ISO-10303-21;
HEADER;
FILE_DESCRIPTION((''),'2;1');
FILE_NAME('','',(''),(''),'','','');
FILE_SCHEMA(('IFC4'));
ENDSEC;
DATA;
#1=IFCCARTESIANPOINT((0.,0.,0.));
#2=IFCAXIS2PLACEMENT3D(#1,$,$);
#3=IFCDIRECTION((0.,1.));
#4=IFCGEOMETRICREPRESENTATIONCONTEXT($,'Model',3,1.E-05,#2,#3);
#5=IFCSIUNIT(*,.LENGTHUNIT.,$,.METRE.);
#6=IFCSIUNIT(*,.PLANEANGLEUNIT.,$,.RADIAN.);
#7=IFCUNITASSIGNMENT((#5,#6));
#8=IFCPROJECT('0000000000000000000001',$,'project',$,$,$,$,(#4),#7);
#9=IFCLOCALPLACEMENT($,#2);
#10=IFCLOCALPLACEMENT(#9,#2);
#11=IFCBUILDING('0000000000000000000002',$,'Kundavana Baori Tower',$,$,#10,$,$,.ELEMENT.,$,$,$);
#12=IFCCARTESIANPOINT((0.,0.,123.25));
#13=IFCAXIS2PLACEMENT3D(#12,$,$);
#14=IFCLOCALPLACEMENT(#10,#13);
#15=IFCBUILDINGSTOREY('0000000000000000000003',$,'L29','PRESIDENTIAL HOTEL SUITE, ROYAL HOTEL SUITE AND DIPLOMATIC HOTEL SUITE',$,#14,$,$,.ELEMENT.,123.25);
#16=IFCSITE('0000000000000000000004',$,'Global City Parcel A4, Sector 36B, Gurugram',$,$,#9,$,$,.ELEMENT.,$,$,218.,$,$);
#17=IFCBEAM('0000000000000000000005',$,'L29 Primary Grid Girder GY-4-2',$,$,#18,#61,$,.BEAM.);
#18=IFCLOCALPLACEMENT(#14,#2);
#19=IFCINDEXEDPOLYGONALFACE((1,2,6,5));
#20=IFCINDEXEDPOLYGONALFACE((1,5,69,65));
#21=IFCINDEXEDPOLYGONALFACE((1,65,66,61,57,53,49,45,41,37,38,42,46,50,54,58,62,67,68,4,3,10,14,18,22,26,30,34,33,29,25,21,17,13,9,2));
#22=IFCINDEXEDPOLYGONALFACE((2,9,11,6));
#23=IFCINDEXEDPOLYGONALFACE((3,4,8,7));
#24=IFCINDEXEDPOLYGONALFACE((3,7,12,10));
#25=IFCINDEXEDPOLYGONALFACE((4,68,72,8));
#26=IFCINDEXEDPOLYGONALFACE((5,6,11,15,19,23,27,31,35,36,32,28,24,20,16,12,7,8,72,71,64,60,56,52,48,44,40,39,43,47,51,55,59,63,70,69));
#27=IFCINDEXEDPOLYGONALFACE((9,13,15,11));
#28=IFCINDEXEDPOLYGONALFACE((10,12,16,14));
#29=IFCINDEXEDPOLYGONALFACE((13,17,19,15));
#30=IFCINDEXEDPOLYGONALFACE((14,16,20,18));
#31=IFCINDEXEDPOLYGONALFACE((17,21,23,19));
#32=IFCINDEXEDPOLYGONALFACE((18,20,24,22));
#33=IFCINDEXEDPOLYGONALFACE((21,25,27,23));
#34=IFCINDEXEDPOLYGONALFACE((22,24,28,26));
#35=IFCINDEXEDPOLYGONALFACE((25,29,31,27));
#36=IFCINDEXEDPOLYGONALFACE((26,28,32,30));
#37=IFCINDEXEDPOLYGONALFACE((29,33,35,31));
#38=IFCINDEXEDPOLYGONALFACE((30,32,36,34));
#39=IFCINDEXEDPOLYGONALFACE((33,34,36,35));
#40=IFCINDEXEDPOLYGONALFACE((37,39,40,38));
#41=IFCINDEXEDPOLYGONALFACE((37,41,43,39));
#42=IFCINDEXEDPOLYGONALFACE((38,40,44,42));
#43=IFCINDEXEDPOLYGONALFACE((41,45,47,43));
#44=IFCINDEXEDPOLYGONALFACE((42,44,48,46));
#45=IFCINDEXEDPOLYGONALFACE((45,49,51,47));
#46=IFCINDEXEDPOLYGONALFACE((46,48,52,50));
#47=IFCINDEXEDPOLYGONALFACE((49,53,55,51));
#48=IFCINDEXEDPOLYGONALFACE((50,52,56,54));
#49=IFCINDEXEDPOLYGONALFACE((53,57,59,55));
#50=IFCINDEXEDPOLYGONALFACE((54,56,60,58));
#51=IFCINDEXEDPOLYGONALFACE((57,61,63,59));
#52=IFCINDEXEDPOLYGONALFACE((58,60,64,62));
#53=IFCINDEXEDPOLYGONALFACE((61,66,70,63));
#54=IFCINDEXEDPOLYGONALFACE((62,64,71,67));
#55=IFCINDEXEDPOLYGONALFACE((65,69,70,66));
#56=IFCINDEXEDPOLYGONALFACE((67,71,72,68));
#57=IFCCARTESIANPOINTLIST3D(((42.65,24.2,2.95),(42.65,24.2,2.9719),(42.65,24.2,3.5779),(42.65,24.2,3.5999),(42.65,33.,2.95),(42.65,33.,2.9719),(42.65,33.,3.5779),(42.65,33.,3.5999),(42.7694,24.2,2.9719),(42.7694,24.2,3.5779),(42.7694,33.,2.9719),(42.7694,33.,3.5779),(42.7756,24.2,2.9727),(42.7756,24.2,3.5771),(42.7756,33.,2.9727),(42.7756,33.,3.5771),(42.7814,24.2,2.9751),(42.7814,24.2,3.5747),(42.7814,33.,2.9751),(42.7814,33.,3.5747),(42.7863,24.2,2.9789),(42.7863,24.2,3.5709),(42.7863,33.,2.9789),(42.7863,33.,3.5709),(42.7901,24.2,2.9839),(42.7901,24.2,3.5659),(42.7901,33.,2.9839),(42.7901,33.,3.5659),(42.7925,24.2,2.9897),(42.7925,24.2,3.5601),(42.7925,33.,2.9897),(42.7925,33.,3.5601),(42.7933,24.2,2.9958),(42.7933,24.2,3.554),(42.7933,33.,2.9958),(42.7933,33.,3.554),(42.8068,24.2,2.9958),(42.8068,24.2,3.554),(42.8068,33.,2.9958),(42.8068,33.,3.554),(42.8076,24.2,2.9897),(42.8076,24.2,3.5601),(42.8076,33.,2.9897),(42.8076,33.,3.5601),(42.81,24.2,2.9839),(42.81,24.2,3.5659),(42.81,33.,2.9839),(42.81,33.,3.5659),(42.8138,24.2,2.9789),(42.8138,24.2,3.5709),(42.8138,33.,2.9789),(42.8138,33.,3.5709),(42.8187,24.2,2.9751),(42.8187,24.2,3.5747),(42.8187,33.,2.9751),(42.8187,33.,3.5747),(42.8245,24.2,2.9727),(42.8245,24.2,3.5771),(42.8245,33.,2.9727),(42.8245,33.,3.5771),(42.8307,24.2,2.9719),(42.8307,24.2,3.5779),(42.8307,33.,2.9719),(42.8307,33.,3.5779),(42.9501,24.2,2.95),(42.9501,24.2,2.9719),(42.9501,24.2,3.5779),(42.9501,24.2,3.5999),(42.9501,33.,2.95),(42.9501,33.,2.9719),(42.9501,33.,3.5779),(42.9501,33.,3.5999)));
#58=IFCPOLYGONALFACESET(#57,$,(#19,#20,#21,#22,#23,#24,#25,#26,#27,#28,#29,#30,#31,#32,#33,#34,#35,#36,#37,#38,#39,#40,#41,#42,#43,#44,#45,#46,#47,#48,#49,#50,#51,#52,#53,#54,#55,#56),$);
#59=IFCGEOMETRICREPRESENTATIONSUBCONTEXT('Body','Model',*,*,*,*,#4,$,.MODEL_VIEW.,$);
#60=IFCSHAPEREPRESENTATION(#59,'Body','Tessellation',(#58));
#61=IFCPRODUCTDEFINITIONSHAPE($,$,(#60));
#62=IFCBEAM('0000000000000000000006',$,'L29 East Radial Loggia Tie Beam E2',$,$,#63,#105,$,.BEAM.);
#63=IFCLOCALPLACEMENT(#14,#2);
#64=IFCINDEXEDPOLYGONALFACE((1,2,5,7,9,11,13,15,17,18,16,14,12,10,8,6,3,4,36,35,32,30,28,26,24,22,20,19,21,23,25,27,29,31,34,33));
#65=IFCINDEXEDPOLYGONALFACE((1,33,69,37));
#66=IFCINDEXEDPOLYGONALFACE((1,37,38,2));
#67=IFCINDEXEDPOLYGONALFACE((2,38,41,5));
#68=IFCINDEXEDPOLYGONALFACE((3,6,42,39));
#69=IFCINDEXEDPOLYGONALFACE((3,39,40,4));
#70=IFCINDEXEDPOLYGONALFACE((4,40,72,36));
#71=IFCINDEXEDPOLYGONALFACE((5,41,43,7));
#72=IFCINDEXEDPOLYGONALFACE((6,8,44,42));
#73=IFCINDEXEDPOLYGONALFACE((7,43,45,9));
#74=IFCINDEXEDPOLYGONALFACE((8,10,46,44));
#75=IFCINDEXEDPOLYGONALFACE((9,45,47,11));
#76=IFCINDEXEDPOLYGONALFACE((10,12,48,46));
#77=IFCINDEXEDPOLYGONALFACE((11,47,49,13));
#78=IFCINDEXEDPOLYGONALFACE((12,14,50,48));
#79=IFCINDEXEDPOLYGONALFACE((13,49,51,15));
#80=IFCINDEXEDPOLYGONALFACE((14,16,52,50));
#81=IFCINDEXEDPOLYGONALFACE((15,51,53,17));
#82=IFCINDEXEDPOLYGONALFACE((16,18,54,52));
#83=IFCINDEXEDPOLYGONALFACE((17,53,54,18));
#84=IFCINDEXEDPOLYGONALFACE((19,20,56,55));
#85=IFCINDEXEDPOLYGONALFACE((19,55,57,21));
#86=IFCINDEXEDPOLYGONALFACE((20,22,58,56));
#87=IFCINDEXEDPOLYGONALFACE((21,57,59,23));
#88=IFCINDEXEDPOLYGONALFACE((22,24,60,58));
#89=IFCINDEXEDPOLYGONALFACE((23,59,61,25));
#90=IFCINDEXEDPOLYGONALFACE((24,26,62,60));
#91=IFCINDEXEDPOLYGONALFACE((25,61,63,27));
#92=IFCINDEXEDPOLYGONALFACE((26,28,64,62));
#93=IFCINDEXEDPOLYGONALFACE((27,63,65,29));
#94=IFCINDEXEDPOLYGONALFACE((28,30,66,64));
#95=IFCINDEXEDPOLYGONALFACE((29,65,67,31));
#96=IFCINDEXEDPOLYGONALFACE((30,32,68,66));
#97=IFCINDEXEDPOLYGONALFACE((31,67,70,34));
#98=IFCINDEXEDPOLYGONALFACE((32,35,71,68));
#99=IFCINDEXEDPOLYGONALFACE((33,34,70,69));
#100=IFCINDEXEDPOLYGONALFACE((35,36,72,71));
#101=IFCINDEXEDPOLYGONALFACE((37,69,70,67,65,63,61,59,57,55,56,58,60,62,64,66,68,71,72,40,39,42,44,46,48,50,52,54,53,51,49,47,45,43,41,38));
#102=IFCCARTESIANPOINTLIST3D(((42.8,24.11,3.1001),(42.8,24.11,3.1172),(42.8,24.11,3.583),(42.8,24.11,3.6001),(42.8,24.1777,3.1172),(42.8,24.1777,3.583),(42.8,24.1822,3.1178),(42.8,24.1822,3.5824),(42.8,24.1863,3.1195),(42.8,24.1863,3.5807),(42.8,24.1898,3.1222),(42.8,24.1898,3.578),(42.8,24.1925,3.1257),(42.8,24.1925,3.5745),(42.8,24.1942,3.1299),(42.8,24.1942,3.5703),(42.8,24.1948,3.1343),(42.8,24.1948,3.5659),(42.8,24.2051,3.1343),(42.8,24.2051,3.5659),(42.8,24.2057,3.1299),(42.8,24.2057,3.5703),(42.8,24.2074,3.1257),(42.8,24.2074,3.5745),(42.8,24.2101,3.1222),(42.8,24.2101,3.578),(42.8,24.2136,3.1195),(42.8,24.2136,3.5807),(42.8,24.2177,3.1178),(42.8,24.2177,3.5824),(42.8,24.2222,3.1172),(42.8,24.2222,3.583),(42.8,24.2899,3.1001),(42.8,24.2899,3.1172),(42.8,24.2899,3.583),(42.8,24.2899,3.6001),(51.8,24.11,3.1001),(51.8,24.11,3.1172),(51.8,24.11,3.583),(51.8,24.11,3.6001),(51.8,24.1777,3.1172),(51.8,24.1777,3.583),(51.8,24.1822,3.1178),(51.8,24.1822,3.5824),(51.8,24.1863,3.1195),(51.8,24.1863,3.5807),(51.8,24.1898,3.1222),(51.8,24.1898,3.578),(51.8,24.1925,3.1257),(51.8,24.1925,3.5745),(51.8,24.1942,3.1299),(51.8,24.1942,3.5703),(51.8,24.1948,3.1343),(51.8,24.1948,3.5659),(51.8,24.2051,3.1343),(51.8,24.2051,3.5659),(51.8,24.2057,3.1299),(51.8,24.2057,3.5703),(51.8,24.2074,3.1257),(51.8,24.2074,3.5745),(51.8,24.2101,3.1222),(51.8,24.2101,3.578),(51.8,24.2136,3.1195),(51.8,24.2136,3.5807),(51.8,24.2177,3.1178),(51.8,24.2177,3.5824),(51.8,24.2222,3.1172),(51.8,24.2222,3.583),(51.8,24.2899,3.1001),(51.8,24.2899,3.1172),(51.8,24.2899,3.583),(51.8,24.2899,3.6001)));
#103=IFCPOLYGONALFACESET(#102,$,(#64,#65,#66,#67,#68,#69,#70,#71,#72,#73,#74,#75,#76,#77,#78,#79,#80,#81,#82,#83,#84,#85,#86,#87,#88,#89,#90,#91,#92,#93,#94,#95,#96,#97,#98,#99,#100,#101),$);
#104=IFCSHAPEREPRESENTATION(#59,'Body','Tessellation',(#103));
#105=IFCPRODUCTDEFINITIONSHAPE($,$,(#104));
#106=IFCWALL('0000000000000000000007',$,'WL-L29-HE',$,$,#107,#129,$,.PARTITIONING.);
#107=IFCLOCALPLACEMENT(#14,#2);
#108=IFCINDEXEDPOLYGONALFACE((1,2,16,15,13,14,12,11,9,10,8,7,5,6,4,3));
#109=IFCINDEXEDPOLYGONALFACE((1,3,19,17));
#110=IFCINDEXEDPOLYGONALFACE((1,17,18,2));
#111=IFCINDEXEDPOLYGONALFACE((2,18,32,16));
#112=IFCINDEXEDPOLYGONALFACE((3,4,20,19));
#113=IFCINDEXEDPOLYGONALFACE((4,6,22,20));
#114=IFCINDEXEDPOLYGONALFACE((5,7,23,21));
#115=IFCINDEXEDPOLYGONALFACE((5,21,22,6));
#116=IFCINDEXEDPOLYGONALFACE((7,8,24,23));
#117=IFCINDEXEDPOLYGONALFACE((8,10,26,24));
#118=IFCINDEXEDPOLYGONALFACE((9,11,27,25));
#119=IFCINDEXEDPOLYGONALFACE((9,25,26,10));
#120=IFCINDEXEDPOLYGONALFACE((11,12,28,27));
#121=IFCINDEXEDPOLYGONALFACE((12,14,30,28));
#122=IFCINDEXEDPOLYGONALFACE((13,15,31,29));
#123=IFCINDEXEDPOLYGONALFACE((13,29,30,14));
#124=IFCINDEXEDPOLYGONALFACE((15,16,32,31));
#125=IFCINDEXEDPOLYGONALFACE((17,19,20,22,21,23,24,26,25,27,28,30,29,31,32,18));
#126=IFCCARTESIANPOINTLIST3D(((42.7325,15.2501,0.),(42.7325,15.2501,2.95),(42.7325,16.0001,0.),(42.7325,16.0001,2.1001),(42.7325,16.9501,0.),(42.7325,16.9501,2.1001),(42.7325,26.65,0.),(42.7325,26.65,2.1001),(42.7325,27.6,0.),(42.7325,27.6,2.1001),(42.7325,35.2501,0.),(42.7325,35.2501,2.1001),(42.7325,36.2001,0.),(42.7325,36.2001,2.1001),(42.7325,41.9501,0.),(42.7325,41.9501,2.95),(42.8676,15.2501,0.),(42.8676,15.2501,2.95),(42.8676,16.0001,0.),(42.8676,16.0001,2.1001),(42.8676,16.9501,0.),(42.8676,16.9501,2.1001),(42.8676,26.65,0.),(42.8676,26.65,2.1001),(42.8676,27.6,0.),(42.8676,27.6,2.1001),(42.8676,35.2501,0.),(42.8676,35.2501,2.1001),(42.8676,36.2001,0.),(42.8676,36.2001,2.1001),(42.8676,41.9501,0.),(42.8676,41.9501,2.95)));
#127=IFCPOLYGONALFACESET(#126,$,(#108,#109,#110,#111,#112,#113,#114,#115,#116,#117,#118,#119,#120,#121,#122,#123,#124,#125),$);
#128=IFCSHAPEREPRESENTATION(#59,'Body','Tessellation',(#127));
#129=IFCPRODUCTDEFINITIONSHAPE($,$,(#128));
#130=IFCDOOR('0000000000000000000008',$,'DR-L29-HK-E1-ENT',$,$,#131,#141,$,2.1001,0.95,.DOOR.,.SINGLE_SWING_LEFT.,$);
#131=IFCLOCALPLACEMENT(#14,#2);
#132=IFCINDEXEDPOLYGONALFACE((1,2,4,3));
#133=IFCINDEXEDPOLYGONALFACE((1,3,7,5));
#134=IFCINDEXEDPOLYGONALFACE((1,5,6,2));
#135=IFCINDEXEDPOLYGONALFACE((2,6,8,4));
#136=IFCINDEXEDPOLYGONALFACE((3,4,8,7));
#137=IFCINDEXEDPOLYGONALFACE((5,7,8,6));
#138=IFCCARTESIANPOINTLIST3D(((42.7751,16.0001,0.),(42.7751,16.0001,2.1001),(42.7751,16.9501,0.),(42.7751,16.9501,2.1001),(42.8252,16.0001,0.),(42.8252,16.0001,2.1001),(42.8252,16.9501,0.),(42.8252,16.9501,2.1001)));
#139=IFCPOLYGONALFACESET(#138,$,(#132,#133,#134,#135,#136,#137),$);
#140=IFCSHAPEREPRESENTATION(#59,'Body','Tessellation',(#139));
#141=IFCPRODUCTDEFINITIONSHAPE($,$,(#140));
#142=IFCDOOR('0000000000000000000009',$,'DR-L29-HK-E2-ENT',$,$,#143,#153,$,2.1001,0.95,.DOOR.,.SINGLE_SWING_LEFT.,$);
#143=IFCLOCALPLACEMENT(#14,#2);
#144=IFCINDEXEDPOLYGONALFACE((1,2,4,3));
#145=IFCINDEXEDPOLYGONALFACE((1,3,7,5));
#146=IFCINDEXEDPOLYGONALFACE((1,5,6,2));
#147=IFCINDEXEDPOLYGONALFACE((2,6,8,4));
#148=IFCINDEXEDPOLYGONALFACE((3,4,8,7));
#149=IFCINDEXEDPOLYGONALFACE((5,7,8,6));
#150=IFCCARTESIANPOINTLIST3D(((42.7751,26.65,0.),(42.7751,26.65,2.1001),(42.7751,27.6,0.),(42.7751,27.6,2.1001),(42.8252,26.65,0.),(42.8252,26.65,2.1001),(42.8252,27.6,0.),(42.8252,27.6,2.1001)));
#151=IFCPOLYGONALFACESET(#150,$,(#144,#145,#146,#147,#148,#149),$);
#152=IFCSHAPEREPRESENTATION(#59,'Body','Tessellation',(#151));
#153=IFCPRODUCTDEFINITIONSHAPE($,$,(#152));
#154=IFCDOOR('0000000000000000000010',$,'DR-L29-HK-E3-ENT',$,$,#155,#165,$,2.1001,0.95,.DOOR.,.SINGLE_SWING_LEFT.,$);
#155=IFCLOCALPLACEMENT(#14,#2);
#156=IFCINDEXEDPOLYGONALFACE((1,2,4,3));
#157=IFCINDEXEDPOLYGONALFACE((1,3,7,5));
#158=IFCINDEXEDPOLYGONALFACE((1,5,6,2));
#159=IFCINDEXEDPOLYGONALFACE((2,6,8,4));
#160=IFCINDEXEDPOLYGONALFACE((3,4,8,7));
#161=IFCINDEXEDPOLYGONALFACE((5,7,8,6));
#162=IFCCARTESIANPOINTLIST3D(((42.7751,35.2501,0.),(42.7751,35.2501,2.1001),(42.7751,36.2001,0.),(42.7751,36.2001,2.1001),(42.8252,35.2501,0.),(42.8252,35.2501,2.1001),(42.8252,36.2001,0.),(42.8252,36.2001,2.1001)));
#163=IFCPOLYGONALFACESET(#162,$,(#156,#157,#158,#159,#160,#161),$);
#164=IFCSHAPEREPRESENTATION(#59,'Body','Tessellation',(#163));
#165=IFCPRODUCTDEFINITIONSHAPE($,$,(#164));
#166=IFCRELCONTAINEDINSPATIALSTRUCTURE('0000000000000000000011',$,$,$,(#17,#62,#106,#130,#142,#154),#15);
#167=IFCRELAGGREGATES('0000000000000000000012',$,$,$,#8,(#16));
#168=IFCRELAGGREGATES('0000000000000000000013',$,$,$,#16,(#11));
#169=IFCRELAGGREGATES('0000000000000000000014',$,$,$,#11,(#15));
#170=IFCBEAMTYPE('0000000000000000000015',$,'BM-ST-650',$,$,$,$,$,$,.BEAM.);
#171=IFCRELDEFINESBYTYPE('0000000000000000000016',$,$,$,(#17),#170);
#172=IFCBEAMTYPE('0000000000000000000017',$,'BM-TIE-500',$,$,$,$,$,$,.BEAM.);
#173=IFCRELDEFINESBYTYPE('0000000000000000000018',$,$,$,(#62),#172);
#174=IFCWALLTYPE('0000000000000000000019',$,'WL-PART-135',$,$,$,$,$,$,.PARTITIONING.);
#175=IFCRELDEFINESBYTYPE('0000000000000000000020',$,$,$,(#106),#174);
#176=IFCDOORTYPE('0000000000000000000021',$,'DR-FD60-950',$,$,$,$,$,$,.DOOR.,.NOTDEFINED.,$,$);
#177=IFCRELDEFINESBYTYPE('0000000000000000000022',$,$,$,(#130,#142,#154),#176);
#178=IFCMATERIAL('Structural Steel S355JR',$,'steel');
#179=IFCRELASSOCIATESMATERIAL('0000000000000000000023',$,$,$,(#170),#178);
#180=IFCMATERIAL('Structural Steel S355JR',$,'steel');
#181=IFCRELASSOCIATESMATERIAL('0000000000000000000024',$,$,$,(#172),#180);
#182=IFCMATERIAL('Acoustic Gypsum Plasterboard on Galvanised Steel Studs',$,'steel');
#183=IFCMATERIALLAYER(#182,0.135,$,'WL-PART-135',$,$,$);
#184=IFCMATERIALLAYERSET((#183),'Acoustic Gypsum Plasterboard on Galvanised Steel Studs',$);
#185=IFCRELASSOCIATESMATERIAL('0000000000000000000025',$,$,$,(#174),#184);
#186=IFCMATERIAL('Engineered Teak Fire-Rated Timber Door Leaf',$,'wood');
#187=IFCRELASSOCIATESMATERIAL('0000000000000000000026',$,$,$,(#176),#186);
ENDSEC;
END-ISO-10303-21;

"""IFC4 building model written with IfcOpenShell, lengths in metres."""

from ifc_helpers import new_model, si_unit, direction, frame, frame_2d, origin, origin_2d, place, context, subcontext, project, spatial, rectangle, i_section, extrude, material, layer, layer_set, material_profile, profile_set, type_object, element, fill, save


model = new_model("IFC4")

# Units and contexts
model_context = context("Model", 3, precision=1e-05, world=origin(), true_north=direction((0.0, 1.0)))
body_context = subcontext(model_context, "Body", "Model", "MODEL_VIEW")
ifc_project = project(units=[si_unit("LENGTHUNIT", "METRE"), si_unit("PLANEANGLEUNIT", "RADIAN")], contexts=[model_context])

# Site, building, storey
site_placement = place(None, origin())
site = spatial("IfcSite", under=ifc_project, at=site_placement, Name="Global City Parcel A4, Sector 36B, Gurugram", CompositionType="ELEMENT", RefElevation=218.0)
building_placement = place(site_placement, origin())
building = spatial("IfcBuilding", under=site, at=building_placement, Name="Kundavana Baori Tower", CompositionType="ELEMENT")
storey_placement = place(building_placement, frame((0.0, 0.0, 123.25)))
storey = spatial("IfcBuildingStorey", under=building, at=storey_placement, Name="L29", Description="PRESIDENTIAL HOTEL SUITE, ROYAL HOTEL SUITE AND DIPLOMATIC HOTEL SUITE", CompositionType="ELEMENT", Elevation=123.25)

# Beams
ifc_material_1 = material(Name="Structural Steel S355JR", Category="steel")
ifc_material_profile_1 = material_profile(ifc_material_1, i_section(OverallWidth=0.3, OverallDepth=0.6499, WebThickness=0.0134, FlangeThickness=0.022, FilletRadius=0.0239, at=origin_2d()), Name="NPB 650x300x155")
ifc_profile_set_1 = profile_set([ifc_material_profile_1], Name="Structural Steel S355JR")
beam_type_1 = type_object("IfcBeamType", Name="BM-ST-650", PredefinedType="BEAM", material=ifc_profile_set_1)
beam_1_placement = place(storey_placement, frame((42.8, 24.2, 3.2749), z_axis=(0.0, 1.0, 0.0), x_axis=(-1.0, 0.0, 0.0)))
element("IfcBeam", 1, at=beam_1_placement, inside=storey, type_object=beam_type_1, Name="L29 Primary Grid Girder GY-4-2", PredefinedType="BEAM", context=body_context, shape_type="SweptSolid", body=[
    extrude(i_section(OverallWidth=0.3, OverallDepth=0.6499, WebThickness=0.0134, FlangeThickness=0.022, FilletRadius=0.0239, at=origin_2d()), origin(), (0.0, 0.0, 1.0), 8.8),
])
ifc_material_2 = material(Name="Structural Steel S355JR", Category="steel")
ifc_material_profile_2 = material_profile(ifc_material_2, i_section(OverallWidth=0.1799, OverallDepth=0.5, WebThickness=0.0103, FlangeThickness=0.0171, FilletRadius=0.0171, at=origin_2d()), Name="ISMB 500")
ifc_profile_set_2 = profile_set([ifc_material_profile_2], Name="Structural Steel S355JR")
beam_type_2 = type_object("IfcBeamType", Name="BM-TIE-500", PredefinedType="BEAM", material=ifc_profile_set_2)
beam_2_placement = place(storey_placement, frame((42.8, 24.2, 3.3501), z_axis=(1.0, 0.0, 0.0), x_axis=(0.0, 1.0, 0.0)))
element("IfcBeam", 2, at=beam_2_placement, inside=storey, type_object=beam_type_2, Name="L29 East Radial Loggia Tie Beam E2", PredefinedType="BEAM", context=body_context, shape_type="SweptSolid", body=[
    extrude(i_section(OverallWidth=0.1799, OverallDepth=0.5, WebThickness=0.0103, FlangeThickness=0.0171, FilletRadius=0.0171, at=origin_2d()), origin(), (0.0, 0.0, 1.0), 9.0),
])

# Wall, openings, doors
ifc_material_3 = material(Name="Acoustic Gypsum Plasterboard on Galvanised Steel Studs", Category="steel")
ifc_layer_1 = layer(ifc_material_3, 0.135, Name="WL-PART-135")
ifc_layer_set_1 = layer_set([ifc_layer_1], Name="Acoustic Gypsum Plasterboard on Galvanised Steel Studs")
wall_type_1 = type_object("IfcWallType", Name="WL-PART-135", PredefinedType="PARTITIONING", material=ifc_layer_set_1)
wall_1_placement = place(storey_placement, frame((42.8, 15.25, 0.0), z_axis=(0.0, 0.0, 1.0), x_axis=(0.0, 1.0, 0.0)))
wall_1 = element("IfcWall", 3, at=wall_1_placement, inside=storey, type_object=wall_type_1, Name="WL-L29-HE", PredefinedType="PARTITIONING", context=body_context, shape_type="SweptSolid", body=[
    extrude(rectangle(XDim=26.7, YDim=0.135, at=frame_2d((13.3501, 0.0))), origin(), (0.0, 0.0, 1.0), 2.95),
])
opening_1_placement = place(wall_1_placement, frame((0.75, 0.0, 0.0)))
opening_1 = element("IfcOpeningElement", 4, at=opening_1_placement, cuts=wall_1, PredefinedType="OPENING", context=body_context, shape_type="SweptSolid", body=[
    extrude(rectangle(XDim=0.95, YDim=2.1001, at=frame_2d((0.4751, 1.05))), frame((0.0, 0.0776, 0.0), z_axis=(0.0, -1.0, 0.0), x_axis=(1.0, 0.0, 0.0)), (0.0, 0.0, 1.0), 0.155),
])
opening_2_placement = place(wall_1_placement, frame((11.3999, 0.0, 0.0)))
opening_2 = element("IfcOpeningElement", 5, at=opening_2_placement, cuts=wall_1, PredefinedType="OPENING", context=body_context, shape_type="SweptSolid", body=[
    extrude(rectangle(XDim=0.95, YDim=2.1001, at=frame_2d((0.4751, 1.05))), frame((0.0, 0.0776, 0.0), z_axis=(0.0, -1.0, 0.0), x_axis=(1.0, 0.0, 0.0)), (0.0, 0.0, 1.0), 0.155),
])
opening_3_placement = place(wall_1_placement, frame((20.0, 0.0, 0.0)))
opening_3 = element("IfcOpeningElement", 6, at=opening_3_placement, cuts=wall_1, PredefinedType="OPENING", context=body_context, shape_type="SweptSolid", body=[
    extrude(rectangle(XDim=0.95, YDim=2.1001, at=frame_2d((0.4751, 1.05))), frame((0.0, 0.0776, 0.0), z_axis=(0.0, -1.0, 0.0), x_axis=(1.0, 0.0, 0.0)), (0.0, 0.0, 1.0), 0.155),
])
ifc_material_4 = material(Name="Engineered Teak Fire-Rated Timber Door Leaf", Category="wood")
door_type_1 = type_object("IfcDoorType", Name="DR-FD60-950", OperationType="NOTDEFINED", PredefinedType="DOOR", material=ifc_material_4)
door_1_placement = place(opening_1_placement, origin())
door_1 = element("IfcDoor", 7, at=door_1_placement, inside=storey, type_object=door_type_1, Name="DR-L29-HK-E1-ENT", OperationType="SINGLE_SWING_LEFT", OverallHeight=2.1001, OverallWidth=0.95, PredefinedType="DOOR", context=body_context, shape_type="SweptSolid", body=[
    extrude(rectangle(XDim=0.95, YDim=2.1001, at=frame_2d((0.4751, 1.05))), frame((0.0, 0.0249, 0.0), z_axis=(0.0, -1.0, 0.0), x_axis=(1.0, 0.0, 0.0)), (0.0, 0.0, 1.0), 0.05),
])
fill(opening_1, door_1)
door_2_placement = place(opening_2_placement, origin())
door_2 = element("IfcDoor", 8, at=door_2_placement, inside=storey, type_object=door_type_1, Name="DR-L29-HK-E2-ENT", OperationType="SINGLE_SWING_LEFT", OverallHeight=2.1001, OverallWidth=0.95, PredefinedType="DOOR", context=body_context, shape_type="SweptSolid", body=[
    extrude(rectangle(XDim=0.95, YDim=2.1001, at=frame_2d((0.4751, 1.05))), frame((0.0, 0.0249, 0.0), z_axis=(0.0, -1.0, 0.0), x_axis=(1.0, 0.0, 0.0)), (0.0, 0.0, 1.0), 0.05),
])
fill(opening_2, door_2)
door_3_placement = place(opening_3_placement, origin())
door_3 = element("IfcDoor", 9, at=door_3_placement, inside=storey, type_object=door_type_1, Name="DR-L29-HK-E3-ENT", OperationType="SINGLE_SWING_LEFT", OverallHeight=2.1001, OverallWidth=0.95, PredefinedType="DOOR", context=body_context, shape_type="SweptSolid", body=[
    extrude(rectangle(XDim=0.95, YDim=2.1001, at=frame_2d((0.4751, 1.05))), frame((0.0, 0.0249, 0.0), z_axis=(0.0, -1.0, 0.0), x_axis=(1.0, 0.0, 0.0)), (0.0, 0.0, 1.0), 0.05),
])
fill(opening_3, door_3)

save(model, "model.ifc")
